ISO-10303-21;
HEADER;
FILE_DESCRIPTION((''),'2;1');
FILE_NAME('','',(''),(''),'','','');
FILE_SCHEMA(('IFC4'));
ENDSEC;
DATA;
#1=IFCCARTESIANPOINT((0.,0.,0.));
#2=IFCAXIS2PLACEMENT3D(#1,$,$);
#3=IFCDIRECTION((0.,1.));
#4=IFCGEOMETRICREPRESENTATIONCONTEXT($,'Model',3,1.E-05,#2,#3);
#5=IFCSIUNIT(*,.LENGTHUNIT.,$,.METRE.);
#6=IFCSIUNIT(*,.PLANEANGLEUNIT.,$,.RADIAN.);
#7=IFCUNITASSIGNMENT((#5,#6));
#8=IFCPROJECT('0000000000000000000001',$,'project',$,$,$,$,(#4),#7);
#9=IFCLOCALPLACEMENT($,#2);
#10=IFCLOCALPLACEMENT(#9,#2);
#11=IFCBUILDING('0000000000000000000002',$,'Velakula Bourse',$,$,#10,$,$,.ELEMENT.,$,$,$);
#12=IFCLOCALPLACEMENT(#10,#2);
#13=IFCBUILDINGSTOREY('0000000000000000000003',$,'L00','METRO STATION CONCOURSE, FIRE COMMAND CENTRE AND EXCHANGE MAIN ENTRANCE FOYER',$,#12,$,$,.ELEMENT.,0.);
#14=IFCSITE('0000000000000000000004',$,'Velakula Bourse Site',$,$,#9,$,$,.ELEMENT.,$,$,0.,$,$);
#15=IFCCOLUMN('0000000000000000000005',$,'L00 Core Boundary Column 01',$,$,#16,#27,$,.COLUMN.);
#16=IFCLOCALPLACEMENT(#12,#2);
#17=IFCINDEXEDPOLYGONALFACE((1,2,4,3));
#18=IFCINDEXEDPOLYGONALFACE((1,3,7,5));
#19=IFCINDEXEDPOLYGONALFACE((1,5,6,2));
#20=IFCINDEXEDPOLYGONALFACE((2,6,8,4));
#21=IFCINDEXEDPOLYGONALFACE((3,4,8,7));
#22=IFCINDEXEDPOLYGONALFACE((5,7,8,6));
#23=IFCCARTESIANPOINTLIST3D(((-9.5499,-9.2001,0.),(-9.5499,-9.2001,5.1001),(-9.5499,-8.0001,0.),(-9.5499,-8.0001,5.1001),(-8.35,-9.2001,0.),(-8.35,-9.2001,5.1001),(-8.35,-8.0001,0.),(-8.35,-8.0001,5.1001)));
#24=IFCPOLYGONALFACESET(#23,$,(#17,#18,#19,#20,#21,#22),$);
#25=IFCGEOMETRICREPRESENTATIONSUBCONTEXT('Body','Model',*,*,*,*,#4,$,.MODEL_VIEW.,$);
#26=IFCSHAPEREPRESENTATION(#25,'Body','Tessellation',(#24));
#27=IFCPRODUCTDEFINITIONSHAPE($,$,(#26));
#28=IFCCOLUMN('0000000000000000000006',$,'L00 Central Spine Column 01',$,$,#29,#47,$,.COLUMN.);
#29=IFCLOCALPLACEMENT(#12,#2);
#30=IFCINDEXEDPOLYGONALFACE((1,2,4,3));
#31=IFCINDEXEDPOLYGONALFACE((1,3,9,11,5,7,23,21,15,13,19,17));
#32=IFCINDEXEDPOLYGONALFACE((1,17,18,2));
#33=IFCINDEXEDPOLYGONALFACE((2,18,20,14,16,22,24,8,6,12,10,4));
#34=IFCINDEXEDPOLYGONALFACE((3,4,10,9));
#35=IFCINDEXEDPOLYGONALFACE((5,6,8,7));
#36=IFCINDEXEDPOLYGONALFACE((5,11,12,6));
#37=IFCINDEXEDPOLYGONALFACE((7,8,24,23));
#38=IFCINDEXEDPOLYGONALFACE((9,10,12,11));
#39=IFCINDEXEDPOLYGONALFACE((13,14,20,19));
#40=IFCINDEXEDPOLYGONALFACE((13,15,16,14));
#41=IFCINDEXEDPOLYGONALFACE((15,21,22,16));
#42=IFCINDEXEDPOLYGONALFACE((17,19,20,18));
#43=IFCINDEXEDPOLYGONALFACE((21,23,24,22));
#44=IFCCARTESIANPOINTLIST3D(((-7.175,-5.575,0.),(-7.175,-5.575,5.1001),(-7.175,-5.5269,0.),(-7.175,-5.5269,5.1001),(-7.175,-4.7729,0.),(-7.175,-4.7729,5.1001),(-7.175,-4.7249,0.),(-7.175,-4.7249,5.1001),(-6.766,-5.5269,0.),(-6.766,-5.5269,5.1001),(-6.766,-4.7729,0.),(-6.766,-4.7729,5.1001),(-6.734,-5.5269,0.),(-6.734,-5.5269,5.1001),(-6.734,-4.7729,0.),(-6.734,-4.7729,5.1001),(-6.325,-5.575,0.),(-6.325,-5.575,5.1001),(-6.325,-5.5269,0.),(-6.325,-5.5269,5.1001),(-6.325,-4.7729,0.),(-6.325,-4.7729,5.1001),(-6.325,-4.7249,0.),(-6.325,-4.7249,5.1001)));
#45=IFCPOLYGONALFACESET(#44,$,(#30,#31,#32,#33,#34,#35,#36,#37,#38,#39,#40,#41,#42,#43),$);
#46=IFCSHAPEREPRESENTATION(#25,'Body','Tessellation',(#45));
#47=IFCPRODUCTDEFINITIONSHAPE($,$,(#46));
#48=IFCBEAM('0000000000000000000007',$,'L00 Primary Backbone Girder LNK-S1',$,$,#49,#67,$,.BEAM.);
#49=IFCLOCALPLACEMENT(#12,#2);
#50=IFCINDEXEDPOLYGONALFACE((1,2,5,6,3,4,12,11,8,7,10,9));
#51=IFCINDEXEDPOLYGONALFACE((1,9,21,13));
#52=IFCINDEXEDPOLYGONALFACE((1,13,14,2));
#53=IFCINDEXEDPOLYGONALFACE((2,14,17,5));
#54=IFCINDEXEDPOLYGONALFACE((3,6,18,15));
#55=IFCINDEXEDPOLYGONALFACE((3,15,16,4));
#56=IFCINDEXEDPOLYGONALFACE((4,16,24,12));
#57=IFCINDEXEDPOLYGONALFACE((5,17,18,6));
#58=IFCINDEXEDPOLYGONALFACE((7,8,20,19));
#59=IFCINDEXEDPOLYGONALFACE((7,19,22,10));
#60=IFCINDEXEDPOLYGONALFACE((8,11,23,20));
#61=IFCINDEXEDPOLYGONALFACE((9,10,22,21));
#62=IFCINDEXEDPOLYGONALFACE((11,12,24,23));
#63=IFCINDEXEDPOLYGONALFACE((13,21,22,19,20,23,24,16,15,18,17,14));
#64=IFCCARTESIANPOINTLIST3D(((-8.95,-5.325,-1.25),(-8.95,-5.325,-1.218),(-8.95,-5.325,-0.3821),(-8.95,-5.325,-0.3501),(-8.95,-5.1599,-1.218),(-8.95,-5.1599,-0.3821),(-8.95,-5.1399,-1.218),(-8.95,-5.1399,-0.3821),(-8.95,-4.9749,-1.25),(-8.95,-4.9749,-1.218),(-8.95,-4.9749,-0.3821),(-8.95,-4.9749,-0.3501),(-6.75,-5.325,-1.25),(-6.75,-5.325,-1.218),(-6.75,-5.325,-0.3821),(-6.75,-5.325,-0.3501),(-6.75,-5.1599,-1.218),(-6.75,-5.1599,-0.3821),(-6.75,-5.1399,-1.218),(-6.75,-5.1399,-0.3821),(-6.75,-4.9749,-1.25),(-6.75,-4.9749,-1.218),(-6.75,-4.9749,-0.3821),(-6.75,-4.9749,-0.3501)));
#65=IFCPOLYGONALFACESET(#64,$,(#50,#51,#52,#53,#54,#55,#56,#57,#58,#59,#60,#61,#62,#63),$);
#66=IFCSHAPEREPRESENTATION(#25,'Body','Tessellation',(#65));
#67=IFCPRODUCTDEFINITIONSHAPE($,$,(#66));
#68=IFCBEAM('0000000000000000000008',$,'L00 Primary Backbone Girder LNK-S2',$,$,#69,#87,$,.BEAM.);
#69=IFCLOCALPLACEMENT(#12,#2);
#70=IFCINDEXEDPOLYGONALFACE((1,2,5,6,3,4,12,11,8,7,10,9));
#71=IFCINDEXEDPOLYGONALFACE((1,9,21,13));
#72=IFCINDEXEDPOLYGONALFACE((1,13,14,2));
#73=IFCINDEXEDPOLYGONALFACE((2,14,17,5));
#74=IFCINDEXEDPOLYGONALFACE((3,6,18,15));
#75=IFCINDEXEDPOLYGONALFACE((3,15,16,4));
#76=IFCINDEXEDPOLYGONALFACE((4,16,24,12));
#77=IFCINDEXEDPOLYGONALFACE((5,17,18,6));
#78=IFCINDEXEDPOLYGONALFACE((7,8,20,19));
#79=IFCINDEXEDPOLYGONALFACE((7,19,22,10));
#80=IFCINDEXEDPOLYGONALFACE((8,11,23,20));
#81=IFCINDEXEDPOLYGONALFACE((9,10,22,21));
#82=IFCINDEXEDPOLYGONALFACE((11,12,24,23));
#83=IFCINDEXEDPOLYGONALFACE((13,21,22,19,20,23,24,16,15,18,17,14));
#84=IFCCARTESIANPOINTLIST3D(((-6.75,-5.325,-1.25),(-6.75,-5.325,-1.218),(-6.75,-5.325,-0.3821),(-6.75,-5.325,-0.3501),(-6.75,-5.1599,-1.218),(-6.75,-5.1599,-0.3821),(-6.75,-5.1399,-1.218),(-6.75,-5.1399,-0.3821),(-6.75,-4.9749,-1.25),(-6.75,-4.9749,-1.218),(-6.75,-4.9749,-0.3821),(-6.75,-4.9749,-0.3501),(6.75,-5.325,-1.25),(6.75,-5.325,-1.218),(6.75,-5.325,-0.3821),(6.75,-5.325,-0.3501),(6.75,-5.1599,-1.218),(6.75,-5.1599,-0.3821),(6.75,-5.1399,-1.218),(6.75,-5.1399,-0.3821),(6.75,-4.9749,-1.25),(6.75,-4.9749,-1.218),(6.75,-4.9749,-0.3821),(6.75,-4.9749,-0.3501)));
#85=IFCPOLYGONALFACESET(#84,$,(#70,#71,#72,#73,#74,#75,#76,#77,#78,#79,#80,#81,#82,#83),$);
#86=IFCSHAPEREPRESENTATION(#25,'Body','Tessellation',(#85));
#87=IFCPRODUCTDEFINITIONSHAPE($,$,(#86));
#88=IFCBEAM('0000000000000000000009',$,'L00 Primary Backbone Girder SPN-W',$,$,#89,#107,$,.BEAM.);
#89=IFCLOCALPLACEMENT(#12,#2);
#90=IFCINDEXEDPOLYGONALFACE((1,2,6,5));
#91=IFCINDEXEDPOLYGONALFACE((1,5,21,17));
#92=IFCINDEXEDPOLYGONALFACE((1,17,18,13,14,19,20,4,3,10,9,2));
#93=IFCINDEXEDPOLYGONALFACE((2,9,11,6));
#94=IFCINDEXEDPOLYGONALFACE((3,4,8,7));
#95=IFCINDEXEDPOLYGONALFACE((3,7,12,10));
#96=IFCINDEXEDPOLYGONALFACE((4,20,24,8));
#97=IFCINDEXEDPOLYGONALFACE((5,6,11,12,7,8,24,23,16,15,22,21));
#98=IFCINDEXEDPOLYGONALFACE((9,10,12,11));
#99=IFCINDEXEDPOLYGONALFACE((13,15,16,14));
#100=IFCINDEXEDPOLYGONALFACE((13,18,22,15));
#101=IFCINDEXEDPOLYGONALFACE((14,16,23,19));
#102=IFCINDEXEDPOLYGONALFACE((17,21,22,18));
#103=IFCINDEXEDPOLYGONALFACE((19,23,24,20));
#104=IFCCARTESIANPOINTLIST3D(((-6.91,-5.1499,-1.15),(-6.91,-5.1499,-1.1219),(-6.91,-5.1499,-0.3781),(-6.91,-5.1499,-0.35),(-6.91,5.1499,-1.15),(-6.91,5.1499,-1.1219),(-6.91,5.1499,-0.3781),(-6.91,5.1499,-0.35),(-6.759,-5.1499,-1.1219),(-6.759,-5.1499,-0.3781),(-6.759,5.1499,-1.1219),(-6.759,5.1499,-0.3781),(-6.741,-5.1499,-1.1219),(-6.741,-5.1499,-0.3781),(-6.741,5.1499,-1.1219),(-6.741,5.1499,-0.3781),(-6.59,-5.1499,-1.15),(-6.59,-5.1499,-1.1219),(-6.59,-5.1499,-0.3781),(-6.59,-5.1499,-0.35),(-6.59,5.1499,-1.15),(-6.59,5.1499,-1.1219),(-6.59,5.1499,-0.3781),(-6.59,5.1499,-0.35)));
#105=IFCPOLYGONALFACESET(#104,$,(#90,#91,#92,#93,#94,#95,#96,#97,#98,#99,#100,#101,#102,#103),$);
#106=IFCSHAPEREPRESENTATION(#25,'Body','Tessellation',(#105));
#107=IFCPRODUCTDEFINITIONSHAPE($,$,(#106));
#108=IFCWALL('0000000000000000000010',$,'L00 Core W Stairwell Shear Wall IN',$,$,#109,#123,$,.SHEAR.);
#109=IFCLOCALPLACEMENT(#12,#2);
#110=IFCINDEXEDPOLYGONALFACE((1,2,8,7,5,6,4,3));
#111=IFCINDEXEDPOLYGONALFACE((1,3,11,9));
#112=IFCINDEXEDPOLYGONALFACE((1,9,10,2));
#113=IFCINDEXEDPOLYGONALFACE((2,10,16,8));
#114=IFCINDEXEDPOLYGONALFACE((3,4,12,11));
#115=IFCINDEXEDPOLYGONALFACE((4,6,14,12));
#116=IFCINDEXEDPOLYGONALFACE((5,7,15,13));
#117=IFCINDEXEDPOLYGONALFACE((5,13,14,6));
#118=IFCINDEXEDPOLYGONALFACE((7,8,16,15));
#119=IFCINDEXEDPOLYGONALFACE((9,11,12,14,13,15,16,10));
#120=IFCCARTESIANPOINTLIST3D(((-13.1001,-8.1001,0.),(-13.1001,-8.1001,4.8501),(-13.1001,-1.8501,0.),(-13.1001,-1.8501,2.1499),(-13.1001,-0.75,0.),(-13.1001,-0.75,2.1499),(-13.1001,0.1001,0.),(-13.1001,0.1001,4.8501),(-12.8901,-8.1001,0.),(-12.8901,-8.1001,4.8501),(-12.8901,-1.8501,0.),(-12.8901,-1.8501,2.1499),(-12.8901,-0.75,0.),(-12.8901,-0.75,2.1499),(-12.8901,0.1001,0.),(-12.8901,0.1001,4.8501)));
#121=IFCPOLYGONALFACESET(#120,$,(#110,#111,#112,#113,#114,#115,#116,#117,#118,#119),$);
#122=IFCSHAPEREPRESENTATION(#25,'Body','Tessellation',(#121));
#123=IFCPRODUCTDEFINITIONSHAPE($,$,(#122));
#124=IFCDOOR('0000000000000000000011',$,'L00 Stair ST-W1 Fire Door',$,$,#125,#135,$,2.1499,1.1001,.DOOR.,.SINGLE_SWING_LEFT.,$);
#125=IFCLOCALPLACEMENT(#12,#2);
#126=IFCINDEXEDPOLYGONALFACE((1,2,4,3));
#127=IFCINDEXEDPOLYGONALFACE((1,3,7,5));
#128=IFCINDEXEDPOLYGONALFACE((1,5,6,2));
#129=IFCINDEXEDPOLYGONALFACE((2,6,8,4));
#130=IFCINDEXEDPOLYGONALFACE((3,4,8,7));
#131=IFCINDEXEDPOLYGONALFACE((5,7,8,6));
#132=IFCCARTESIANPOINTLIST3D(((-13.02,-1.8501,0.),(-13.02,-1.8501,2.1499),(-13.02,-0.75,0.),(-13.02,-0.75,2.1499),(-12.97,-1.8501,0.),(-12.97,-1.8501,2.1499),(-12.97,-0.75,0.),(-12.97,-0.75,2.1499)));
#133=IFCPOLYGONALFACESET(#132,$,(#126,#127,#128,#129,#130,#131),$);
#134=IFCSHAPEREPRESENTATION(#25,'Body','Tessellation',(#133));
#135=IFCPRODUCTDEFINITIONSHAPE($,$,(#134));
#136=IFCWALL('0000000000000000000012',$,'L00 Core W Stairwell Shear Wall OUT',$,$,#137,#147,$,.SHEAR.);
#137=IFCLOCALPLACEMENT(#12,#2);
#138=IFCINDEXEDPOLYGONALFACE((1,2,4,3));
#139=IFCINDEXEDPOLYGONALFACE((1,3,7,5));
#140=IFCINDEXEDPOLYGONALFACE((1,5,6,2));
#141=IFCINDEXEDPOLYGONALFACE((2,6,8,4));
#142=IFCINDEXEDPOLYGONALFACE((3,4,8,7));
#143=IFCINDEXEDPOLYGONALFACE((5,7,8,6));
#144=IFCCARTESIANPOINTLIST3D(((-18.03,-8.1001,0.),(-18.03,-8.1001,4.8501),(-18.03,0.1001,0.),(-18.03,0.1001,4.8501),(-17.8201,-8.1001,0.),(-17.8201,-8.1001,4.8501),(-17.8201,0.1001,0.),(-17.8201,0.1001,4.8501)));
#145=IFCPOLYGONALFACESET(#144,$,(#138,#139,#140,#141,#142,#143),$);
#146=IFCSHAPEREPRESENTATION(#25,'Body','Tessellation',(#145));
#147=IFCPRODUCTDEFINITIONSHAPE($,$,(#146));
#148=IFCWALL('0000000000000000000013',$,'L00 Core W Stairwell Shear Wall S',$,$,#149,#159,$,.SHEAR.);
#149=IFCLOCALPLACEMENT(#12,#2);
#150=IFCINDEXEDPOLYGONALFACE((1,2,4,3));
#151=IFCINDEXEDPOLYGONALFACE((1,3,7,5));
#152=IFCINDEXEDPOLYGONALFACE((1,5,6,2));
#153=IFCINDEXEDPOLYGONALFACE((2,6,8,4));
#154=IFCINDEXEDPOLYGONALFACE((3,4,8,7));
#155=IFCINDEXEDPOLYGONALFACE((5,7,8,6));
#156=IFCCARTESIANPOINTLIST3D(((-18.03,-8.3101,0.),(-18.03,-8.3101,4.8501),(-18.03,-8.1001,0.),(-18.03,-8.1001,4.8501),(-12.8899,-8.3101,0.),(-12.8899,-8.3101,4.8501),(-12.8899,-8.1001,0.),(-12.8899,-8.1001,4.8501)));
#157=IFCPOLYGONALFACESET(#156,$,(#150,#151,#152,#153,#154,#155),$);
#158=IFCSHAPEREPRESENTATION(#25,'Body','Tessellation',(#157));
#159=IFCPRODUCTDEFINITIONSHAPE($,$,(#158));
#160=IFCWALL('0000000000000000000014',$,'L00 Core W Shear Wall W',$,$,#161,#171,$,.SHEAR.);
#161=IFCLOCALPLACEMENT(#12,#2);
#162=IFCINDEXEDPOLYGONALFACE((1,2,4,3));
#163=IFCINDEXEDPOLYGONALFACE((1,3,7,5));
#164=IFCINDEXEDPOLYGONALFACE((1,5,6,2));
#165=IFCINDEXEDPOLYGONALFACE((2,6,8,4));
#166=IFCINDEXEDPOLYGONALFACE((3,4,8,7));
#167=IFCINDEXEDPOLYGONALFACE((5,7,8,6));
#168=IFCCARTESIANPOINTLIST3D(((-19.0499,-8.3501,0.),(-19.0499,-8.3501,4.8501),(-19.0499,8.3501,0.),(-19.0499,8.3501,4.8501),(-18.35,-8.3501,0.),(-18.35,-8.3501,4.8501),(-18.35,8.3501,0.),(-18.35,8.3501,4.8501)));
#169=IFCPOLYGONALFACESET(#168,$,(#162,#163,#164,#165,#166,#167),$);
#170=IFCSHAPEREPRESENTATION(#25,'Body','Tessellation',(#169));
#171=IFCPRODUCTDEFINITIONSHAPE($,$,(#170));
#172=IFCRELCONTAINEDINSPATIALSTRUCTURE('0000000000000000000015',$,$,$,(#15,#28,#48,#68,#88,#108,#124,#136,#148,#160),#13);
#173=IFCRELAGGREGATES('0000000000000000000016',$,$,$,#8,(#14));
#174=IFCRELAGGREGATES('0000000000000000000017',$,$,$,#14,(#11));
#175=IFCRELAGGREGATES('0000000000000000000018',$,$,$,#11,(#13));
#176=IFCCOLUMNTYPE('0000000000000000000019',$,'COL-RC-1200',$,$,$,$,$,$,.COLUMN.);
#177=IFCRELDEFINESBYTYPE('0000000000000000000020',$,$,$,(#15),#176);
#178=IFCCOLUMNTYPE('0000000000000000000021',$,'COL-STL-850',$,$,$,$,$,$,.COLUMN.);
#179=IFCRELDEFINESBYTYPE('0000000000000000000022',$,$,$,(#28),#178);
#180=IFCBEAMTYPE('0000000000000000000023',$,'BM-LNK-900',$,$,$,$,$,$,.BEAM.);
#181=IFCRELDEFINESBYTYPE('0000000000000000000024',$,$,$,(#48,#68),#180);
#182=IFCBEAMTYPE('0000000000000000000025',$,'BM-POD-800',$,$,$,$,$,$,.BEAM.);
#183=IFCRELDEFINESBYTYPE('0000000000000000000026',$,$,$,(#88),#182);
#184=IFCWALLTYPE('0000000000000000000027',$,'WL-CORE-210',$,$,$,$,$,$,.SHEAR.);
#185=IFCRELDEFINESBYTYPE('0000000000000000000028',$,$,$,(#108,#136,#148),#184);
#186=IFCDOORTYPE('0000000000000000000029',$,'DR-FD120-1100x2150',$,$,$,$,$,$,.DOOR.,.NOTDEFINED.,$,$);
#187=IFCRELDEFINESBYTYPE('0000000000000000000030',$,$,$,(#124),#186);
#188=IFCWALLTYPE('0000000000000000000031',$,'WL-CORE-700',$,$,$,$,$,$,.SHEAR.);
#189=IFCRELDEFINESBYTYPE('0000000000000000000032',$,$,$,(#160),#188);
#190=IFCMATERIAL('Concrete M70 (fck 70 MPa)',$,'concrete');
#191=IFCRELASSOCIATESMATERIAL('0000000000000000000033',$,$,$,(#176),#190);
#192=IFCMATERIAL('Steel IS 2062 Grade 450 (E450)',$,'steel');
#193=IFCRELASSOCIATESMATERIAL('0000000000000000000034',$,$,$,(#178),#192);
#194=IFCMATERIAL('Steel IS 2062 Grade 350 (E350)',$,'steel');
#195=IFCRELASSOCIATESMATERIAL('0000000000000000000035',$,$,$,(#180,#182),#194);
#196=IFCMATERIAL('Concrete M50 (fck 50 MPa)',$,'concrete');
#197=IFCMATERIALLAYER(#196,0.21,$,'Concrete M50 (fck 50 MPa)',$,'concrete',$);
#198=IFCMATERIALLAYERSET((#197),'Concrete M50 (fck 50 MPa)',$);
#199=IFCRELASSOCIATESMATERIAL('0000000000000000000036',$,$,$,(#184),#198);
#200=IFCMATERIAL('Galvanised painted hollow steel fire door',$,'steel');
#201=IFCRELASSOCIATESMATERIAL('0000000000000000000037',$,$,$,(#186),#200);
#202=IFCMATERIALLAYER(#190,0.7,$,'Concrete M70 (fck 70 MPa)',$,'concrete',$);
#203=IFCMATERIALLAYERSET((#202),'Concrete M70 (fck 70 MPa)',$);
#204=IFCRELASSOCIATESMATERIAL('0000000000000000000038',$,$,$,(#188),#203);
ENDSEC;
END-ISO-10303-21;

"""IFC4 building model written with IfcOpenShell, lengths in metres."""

from ifc_helpers import new_model, si_unit, direction, frame, frame_2d, origin, origin_2d, place, context, subcontext, project, spatial, rectangle, i_section, extrude, material, layer, layer_set, material_profile, profile_set, type_object, element, fill, save


model = new_model("IFC4")

# Units and contexts
model_context = context("Model", 3, precision=1e-05, world=origin(), true_north=direction((0.0, 1.0)))
body_context = subcontext(model_context, "Body", "Model", "MODEL_VIEW")
ifc_project = project(units=[si_unit("LENGTHUNIT", "METRE"), si_unit("PLANEANGLEUNIT", "RADIAN")], contexts=[model_context])

# Site, building, storey
site_placement = place(None, origin())
site = spatial("IfcSite", under=ifc_project, at=site_placement, Name="Velakula Bourse Site", CompositionType="ELEMENT", RefElevation=0.0)
building_placement = place(site_placement, origin())
building = spatial("IfcBuilding", under=site, at=building_placement, Name="Velakula Bourse", CompositionType="ELEMENT")
storey_placement = place(building_placement, origin())
storey = spatial("IfcBuildingStorey", under=building, at=storey_placement, Name="L00", Description="METRO STATION CONCOURSE, FIRE COMMAND CENTRE AND EXCHANGE MAIN ENTRANCE FOYER", CompositionType="ELEMENT", Elevation=0.0)

# Columns
ifc_material_1 = material(Name="Concrete M70 (fck 70 MPa)", Category="concrete")
ifc_material_profile_1 = material_profile(ifc_material_1, rectangle(XDim=1.2, YDim=1.2, at=origin_2d()), Name="Concrete M70 (fck 70 MPa)")
ifc_profile_set_1 = profile_set([ifc_material_profile_1], Name="Concrete M70 (fck 70 MPa)")
column_type_1 = type_object("IfcColumnType", Name="COL-RC-1200", PredefinedType="COLUMN", material=ifc_profile_set_1)
column_1_placement = place(storey_placement, frame((-8.95, -8.6001, 0.0), z_axis=(0.0, 0.0, 1.0), x_axis=(1.0, 0.0, 0.0)))
element("IfcColumn", 1, at=column_1_placement, inside=storey, type_object=column_type_1, Name="L00 Core Boundary Column 01", PredefinedType="COLUMN", context=body_context, shape_type="SweptSolid", body=[
    extrude(rectangle(XDim=1.2, YDim=1.2, at=origin_2d()), origin(), (0.0, 0.0, 1.0), 5.1001),
])
ifc_material_2 = material(Name="Steel IS 2062 Grade 450 (E450)", Category="steel")
ifc_material_profile_2 = material_profile(ifc_material_2, i_section(OverallWidth=0.8501, OverallDepth=0.8501, WebThickness=0.032, FlangeThickness=0.0481, at=origin_2d()), Name="Steel IS 2062 Grade 450 (E450)")
ifc_profile_set_2 = profile_set([ifc_material_profile_2], Name="Steel IS 2062 Grade 450 (E450)")
column_type_2 = type_object("IfcColumnType", Name="COL-STL-850", PredefinedType="COLUMN", material=ifc_profile_set_2)
column_2_placement = place(storey_placement, frame((-6.75, -5.1499, 0.0), z_axis=(0.0, 0.0, 1.0), x_axis=(1.0, 0.0, 0.0)))
element("IfcColumn", 2, at=column_2_placement, inside=storey, type_object=column_type_2, Name="L00 Central Spine Column 01", PredefinedType="COLUMN", context=body_context, shape_type="SweptSolid", body=[
    extrude(i_section(OverallWidth=0.8501, OverallDepth=0.8501, WebThickness=0.032, FlangeThickness=0.0481, at=origin_2d()), origin(), (0.0, 0.0, 1.0), 5.1001),
])

# Beams
ifc_material_3 = material(Name="Steel IS 2062 Grade 350 (E350)", Category="steel")
ifc_material_profile_3 = material_profile(ifc_material_3, i_section(OverallWidth=0.3501, OverallDepth=0.8999, WebThickness=0.02, FlangeThickness=0.032, at=origin_2d()), Name="Steel IS 2062 Grade 350 (E350)")
ifc_profile_set_3 = profile_set([ifc_material_profile_3], Name="Steel IS 2062 Grade 350 (E350)")
beam_type_1 = type_object("IfcBeamType", Name="BM-LNK-900", PredefinedType="BEAM", material=ifc_profile_set_3)
beam_1_placement = place(storey_placement, frame((-8.95, -5.1499, -0.8), z_axis=(1.0, 0.0, 0.0), x_axis=(0.0, 1.0, 0.0)))
element("IfcBeam", 3, at=beam_1_placement, inside=storey, type_object=beam_type_1, Name="L00 Primary Backbone Girder LNK-S1", PredefinedType="BEAM", context=body_context, shape_type="SweptSolid", body=[
    extrude(i_section(OverallWidth=0.3501, OverallDepth=0.8999, WebThickness=0.02, FlangeThickness=0.032, at=origin_2d()), origin(), (0.0, 0.0, 1.0), 2.2),
])
beam_2_placement = place(storey_placement, frame((-6.75, -5.1499, -0.8), z_axis=(1.0, 0.0, 0.0), x_axis=(0.0, 1.0, 0.0)))
element("IfcBeam", 4, at=beam_2_placement, inside=storey, type_object=beam_type_1, Name="L00 Primary Backbone Girder LNK-S2", PredefinedType="BEAM", context=body_context, shape_type="SweptSolid", body=[
    extrude(i_section(OverallWidth=0.3501, OverallDepth=0.8999, WebThickness=0.02, FlangeThickness=0.032, at=origin_2d()), origin(), (0.0, 0.0, 1.0), 13.5),
])
ifc_material_profile_4 = material_profile(ifc_material_3, i_section(OverallWidth=0.3201, OverallDepth=0.8, WebThickness=0.0181, FlangeThickness=0.0281, at=origin_2d()), Name="Steel IS 2062 Grade 350 (E350)")
ifc_profile_set_4 = profile_set([ifc_material_profile_4], Name="Steel IS 2062 Grade 350 (E350)")
beam_type_2 = type_object("IfcBeamType", Name="BM-POD-800", PredefinedType="BEAM", material=ifc_profile_set_4)
beam_3_placement = place(storey_placement, frame((-6.75, -5.1499, -0.75), z_axis=(0.0, 1.0, 0.0), x_axis=(-1.0, 0.0, 0.0)))
element("IfcBeam", 5, at=beam_3_placement, inside=storey, type_object=beam_type_2, Name="L00 Primary Backbone Girder SPN-W", PredefinedType="BEAM", context=body_context, shape_type="SweptSolid", body=[
    extrude(i_section(OverallWidth=0.3201, OverallDepth=0.8, WebThickness=0.0181, FlangeThickness=0.0281, at=origin_2d()), origin(), (0.0, 0.0, 1.0), 10.2998),
])

# Wall, opening, door
ifc_material_4 = material(Name="Concrete M50 (fck 50 MPa)", Category="concrete")
ifc_layer_1 = layer(ifc_material_4, 0.21, Name="Concrete M50 (fck 50 MPa)", Category="concrete")
ifc_layer_set_1 = layer_set([ifc_layer_1], Name="Concrete M50 (fck 50 MPa)")
wall_type_1 = type_object("IfcWallType", Name="WL-CORE-210", PredefinedType="SHEAR", material=ifc_layer_set_1)
wall_1_placement = place(storey_placement, frame((-12.9951, -8.1001, 0.0), z_axis=(0.0, 0.0, 1.0), x_axis=(0.0, 1.0, 0.0)))
wall_1 = element("IfcWall", 6, at=wall_1_placement, inside=storey, type_object=wall_type_1, Name="L00 Core W Stairwell Shear Wall IN", PredefinedType="SHEAR", context=body_context, shape_type="SweptSolid", body=[
    extrude(rectangle(XDim=8.2002, YDim=0.21, at=frame_2d((4.1001, 0.0))), origin(), (0.0, 0.0, 1.0), 4.8501),
])
opening_1_placement = place(wall_1_placement, frame((6.25, 0.0, 0.0)))
opening_1 = element("IfcOpeningElement", 7, at=opening_1_placement, cuts=wall_1, PredefinedType="OPENING", context=body_context, shape_type="SweptSolid", body=[
    extrude(rectangle(XDim=1.1001, YDim=2.1499, at=frame_2d((0.55, 1.075))), frame((0.0, 0.115, 0.0), z_axis=(0.0, -1.0, 0.0), x_axis=(1.0, 0.0, 0.0)), (0.0, 0.0, 1.0), 0.23),
])
ifc_material_5 = material(Name="Galvanised painted hollow steel fire door", Category="steel")
door_type_1 = type_object("IfcDoorType", Name="DR-FD120-1100x2150", OperationType="NOTDEFINED", PredefinedType="DOOR", material=ifc_material_5)
door_1_placement = place(opening_1_placement, origin())
door_1 = element("IfcDoor", 8, at=door_1_placement, inside=storey, type_object=door_type_1, Name="L00 Stair ST-W1 Fire Door", OperationType="SINGLE_SWING_LEFT", OverallHeight=2.1499, OverallWidth=1.1001, PredefinedType="DOOR", context=body_context, shape_type="SweptSolid", body=[
    extrude(rectangle(XDim=1.1001, YDim=2.1499, at=frame_2d((0.55, 1.075))), frame((0.0, 0.0249, 0.0), z_axis=(0.0, -1.0, 0.0), x_axis=(1.0, 0.0, 0.0)), (0.0, 0.0, 1.0), 0.05),
])
fill(opening_1, door_1)

# Walls
wall_2_placement = place(storey_placement, frame((-17.925, -8.1001, 0.0), z_axis=(0.0, 0.0, 1.0), x_axis=(0.0, 1.0, 0.0)))
element("IfcWall", 9, at=wall_2_placement, inside=storey, type_object=wall_type_1, Name="L00 Core W Stairwell Shear Wall OUT", PredefinedType="SHEAR", context=body_context, shape_type="SweptSolid", body=[
    extrude(rectangle(XDim=8.2002, YDim=0.21, at=frame_2d((4.1001, 0.0))), origin(), (0.0, 0.0, 1.0), 4.8501),
])
wall_3_placement = place(storey_placement, frame((-18.03, -8.2051, 0.0), z_axis=(0.0, 0.0, 1.0), x_axis=(1.0, 0.0, 0.0)))
element("IfcWall", 10, at=wall_3_placement, inside=storey, type_object=wall_type_1, Name="L00 Core W Stairwell Shear Wall S", PredefinedType="SHEAR", context=body_context, shape_type="SweptSolid", body=[
    extrude(rectangle(XDim=5.1401, YDim=0.21, at=frame_2d((2.5701, 0.0))), origin(), (0.0, 0.0, 1.0), 4.8501),
])
ifc_layer_2 = layer(ifc_material_1, 0.7, Name="Concrete M70 (fck 70 MPa)", Category="concrete")
ifc_layer_set_2 = layer_set([ifc_layer_2], Name="Concrete M70 (fck 70 MPa)")
wall_type_2 = type_object("IfcWallType", Name="WL-CORE-700", PredefinedType="SHEAR", material=ifc_layer_set_2)
wall_4_placement = place(storey_placement, frame((-18.7, -8.3501, 0.0), z_axis=(0.0, 0.0, 1.0), x_axis=(0.0, 1.0, 0.0)))
element("IfcWall", 11, at=wall_4_placement, inside=storey, type_object=wall_type_2, Name="L00 Core W Shear Wall W", PredefinedType="SHEAR", context=body_context, shape_type="SweptSolid", body=[
    extrude(rectangle(XDim=16.7002, YDim=0.7, at=frame_2d((8.3501, 0.0))), origin(), (0.0, 0.0, 1.0), 4.8501),
])

save(model, "model.ifc")
